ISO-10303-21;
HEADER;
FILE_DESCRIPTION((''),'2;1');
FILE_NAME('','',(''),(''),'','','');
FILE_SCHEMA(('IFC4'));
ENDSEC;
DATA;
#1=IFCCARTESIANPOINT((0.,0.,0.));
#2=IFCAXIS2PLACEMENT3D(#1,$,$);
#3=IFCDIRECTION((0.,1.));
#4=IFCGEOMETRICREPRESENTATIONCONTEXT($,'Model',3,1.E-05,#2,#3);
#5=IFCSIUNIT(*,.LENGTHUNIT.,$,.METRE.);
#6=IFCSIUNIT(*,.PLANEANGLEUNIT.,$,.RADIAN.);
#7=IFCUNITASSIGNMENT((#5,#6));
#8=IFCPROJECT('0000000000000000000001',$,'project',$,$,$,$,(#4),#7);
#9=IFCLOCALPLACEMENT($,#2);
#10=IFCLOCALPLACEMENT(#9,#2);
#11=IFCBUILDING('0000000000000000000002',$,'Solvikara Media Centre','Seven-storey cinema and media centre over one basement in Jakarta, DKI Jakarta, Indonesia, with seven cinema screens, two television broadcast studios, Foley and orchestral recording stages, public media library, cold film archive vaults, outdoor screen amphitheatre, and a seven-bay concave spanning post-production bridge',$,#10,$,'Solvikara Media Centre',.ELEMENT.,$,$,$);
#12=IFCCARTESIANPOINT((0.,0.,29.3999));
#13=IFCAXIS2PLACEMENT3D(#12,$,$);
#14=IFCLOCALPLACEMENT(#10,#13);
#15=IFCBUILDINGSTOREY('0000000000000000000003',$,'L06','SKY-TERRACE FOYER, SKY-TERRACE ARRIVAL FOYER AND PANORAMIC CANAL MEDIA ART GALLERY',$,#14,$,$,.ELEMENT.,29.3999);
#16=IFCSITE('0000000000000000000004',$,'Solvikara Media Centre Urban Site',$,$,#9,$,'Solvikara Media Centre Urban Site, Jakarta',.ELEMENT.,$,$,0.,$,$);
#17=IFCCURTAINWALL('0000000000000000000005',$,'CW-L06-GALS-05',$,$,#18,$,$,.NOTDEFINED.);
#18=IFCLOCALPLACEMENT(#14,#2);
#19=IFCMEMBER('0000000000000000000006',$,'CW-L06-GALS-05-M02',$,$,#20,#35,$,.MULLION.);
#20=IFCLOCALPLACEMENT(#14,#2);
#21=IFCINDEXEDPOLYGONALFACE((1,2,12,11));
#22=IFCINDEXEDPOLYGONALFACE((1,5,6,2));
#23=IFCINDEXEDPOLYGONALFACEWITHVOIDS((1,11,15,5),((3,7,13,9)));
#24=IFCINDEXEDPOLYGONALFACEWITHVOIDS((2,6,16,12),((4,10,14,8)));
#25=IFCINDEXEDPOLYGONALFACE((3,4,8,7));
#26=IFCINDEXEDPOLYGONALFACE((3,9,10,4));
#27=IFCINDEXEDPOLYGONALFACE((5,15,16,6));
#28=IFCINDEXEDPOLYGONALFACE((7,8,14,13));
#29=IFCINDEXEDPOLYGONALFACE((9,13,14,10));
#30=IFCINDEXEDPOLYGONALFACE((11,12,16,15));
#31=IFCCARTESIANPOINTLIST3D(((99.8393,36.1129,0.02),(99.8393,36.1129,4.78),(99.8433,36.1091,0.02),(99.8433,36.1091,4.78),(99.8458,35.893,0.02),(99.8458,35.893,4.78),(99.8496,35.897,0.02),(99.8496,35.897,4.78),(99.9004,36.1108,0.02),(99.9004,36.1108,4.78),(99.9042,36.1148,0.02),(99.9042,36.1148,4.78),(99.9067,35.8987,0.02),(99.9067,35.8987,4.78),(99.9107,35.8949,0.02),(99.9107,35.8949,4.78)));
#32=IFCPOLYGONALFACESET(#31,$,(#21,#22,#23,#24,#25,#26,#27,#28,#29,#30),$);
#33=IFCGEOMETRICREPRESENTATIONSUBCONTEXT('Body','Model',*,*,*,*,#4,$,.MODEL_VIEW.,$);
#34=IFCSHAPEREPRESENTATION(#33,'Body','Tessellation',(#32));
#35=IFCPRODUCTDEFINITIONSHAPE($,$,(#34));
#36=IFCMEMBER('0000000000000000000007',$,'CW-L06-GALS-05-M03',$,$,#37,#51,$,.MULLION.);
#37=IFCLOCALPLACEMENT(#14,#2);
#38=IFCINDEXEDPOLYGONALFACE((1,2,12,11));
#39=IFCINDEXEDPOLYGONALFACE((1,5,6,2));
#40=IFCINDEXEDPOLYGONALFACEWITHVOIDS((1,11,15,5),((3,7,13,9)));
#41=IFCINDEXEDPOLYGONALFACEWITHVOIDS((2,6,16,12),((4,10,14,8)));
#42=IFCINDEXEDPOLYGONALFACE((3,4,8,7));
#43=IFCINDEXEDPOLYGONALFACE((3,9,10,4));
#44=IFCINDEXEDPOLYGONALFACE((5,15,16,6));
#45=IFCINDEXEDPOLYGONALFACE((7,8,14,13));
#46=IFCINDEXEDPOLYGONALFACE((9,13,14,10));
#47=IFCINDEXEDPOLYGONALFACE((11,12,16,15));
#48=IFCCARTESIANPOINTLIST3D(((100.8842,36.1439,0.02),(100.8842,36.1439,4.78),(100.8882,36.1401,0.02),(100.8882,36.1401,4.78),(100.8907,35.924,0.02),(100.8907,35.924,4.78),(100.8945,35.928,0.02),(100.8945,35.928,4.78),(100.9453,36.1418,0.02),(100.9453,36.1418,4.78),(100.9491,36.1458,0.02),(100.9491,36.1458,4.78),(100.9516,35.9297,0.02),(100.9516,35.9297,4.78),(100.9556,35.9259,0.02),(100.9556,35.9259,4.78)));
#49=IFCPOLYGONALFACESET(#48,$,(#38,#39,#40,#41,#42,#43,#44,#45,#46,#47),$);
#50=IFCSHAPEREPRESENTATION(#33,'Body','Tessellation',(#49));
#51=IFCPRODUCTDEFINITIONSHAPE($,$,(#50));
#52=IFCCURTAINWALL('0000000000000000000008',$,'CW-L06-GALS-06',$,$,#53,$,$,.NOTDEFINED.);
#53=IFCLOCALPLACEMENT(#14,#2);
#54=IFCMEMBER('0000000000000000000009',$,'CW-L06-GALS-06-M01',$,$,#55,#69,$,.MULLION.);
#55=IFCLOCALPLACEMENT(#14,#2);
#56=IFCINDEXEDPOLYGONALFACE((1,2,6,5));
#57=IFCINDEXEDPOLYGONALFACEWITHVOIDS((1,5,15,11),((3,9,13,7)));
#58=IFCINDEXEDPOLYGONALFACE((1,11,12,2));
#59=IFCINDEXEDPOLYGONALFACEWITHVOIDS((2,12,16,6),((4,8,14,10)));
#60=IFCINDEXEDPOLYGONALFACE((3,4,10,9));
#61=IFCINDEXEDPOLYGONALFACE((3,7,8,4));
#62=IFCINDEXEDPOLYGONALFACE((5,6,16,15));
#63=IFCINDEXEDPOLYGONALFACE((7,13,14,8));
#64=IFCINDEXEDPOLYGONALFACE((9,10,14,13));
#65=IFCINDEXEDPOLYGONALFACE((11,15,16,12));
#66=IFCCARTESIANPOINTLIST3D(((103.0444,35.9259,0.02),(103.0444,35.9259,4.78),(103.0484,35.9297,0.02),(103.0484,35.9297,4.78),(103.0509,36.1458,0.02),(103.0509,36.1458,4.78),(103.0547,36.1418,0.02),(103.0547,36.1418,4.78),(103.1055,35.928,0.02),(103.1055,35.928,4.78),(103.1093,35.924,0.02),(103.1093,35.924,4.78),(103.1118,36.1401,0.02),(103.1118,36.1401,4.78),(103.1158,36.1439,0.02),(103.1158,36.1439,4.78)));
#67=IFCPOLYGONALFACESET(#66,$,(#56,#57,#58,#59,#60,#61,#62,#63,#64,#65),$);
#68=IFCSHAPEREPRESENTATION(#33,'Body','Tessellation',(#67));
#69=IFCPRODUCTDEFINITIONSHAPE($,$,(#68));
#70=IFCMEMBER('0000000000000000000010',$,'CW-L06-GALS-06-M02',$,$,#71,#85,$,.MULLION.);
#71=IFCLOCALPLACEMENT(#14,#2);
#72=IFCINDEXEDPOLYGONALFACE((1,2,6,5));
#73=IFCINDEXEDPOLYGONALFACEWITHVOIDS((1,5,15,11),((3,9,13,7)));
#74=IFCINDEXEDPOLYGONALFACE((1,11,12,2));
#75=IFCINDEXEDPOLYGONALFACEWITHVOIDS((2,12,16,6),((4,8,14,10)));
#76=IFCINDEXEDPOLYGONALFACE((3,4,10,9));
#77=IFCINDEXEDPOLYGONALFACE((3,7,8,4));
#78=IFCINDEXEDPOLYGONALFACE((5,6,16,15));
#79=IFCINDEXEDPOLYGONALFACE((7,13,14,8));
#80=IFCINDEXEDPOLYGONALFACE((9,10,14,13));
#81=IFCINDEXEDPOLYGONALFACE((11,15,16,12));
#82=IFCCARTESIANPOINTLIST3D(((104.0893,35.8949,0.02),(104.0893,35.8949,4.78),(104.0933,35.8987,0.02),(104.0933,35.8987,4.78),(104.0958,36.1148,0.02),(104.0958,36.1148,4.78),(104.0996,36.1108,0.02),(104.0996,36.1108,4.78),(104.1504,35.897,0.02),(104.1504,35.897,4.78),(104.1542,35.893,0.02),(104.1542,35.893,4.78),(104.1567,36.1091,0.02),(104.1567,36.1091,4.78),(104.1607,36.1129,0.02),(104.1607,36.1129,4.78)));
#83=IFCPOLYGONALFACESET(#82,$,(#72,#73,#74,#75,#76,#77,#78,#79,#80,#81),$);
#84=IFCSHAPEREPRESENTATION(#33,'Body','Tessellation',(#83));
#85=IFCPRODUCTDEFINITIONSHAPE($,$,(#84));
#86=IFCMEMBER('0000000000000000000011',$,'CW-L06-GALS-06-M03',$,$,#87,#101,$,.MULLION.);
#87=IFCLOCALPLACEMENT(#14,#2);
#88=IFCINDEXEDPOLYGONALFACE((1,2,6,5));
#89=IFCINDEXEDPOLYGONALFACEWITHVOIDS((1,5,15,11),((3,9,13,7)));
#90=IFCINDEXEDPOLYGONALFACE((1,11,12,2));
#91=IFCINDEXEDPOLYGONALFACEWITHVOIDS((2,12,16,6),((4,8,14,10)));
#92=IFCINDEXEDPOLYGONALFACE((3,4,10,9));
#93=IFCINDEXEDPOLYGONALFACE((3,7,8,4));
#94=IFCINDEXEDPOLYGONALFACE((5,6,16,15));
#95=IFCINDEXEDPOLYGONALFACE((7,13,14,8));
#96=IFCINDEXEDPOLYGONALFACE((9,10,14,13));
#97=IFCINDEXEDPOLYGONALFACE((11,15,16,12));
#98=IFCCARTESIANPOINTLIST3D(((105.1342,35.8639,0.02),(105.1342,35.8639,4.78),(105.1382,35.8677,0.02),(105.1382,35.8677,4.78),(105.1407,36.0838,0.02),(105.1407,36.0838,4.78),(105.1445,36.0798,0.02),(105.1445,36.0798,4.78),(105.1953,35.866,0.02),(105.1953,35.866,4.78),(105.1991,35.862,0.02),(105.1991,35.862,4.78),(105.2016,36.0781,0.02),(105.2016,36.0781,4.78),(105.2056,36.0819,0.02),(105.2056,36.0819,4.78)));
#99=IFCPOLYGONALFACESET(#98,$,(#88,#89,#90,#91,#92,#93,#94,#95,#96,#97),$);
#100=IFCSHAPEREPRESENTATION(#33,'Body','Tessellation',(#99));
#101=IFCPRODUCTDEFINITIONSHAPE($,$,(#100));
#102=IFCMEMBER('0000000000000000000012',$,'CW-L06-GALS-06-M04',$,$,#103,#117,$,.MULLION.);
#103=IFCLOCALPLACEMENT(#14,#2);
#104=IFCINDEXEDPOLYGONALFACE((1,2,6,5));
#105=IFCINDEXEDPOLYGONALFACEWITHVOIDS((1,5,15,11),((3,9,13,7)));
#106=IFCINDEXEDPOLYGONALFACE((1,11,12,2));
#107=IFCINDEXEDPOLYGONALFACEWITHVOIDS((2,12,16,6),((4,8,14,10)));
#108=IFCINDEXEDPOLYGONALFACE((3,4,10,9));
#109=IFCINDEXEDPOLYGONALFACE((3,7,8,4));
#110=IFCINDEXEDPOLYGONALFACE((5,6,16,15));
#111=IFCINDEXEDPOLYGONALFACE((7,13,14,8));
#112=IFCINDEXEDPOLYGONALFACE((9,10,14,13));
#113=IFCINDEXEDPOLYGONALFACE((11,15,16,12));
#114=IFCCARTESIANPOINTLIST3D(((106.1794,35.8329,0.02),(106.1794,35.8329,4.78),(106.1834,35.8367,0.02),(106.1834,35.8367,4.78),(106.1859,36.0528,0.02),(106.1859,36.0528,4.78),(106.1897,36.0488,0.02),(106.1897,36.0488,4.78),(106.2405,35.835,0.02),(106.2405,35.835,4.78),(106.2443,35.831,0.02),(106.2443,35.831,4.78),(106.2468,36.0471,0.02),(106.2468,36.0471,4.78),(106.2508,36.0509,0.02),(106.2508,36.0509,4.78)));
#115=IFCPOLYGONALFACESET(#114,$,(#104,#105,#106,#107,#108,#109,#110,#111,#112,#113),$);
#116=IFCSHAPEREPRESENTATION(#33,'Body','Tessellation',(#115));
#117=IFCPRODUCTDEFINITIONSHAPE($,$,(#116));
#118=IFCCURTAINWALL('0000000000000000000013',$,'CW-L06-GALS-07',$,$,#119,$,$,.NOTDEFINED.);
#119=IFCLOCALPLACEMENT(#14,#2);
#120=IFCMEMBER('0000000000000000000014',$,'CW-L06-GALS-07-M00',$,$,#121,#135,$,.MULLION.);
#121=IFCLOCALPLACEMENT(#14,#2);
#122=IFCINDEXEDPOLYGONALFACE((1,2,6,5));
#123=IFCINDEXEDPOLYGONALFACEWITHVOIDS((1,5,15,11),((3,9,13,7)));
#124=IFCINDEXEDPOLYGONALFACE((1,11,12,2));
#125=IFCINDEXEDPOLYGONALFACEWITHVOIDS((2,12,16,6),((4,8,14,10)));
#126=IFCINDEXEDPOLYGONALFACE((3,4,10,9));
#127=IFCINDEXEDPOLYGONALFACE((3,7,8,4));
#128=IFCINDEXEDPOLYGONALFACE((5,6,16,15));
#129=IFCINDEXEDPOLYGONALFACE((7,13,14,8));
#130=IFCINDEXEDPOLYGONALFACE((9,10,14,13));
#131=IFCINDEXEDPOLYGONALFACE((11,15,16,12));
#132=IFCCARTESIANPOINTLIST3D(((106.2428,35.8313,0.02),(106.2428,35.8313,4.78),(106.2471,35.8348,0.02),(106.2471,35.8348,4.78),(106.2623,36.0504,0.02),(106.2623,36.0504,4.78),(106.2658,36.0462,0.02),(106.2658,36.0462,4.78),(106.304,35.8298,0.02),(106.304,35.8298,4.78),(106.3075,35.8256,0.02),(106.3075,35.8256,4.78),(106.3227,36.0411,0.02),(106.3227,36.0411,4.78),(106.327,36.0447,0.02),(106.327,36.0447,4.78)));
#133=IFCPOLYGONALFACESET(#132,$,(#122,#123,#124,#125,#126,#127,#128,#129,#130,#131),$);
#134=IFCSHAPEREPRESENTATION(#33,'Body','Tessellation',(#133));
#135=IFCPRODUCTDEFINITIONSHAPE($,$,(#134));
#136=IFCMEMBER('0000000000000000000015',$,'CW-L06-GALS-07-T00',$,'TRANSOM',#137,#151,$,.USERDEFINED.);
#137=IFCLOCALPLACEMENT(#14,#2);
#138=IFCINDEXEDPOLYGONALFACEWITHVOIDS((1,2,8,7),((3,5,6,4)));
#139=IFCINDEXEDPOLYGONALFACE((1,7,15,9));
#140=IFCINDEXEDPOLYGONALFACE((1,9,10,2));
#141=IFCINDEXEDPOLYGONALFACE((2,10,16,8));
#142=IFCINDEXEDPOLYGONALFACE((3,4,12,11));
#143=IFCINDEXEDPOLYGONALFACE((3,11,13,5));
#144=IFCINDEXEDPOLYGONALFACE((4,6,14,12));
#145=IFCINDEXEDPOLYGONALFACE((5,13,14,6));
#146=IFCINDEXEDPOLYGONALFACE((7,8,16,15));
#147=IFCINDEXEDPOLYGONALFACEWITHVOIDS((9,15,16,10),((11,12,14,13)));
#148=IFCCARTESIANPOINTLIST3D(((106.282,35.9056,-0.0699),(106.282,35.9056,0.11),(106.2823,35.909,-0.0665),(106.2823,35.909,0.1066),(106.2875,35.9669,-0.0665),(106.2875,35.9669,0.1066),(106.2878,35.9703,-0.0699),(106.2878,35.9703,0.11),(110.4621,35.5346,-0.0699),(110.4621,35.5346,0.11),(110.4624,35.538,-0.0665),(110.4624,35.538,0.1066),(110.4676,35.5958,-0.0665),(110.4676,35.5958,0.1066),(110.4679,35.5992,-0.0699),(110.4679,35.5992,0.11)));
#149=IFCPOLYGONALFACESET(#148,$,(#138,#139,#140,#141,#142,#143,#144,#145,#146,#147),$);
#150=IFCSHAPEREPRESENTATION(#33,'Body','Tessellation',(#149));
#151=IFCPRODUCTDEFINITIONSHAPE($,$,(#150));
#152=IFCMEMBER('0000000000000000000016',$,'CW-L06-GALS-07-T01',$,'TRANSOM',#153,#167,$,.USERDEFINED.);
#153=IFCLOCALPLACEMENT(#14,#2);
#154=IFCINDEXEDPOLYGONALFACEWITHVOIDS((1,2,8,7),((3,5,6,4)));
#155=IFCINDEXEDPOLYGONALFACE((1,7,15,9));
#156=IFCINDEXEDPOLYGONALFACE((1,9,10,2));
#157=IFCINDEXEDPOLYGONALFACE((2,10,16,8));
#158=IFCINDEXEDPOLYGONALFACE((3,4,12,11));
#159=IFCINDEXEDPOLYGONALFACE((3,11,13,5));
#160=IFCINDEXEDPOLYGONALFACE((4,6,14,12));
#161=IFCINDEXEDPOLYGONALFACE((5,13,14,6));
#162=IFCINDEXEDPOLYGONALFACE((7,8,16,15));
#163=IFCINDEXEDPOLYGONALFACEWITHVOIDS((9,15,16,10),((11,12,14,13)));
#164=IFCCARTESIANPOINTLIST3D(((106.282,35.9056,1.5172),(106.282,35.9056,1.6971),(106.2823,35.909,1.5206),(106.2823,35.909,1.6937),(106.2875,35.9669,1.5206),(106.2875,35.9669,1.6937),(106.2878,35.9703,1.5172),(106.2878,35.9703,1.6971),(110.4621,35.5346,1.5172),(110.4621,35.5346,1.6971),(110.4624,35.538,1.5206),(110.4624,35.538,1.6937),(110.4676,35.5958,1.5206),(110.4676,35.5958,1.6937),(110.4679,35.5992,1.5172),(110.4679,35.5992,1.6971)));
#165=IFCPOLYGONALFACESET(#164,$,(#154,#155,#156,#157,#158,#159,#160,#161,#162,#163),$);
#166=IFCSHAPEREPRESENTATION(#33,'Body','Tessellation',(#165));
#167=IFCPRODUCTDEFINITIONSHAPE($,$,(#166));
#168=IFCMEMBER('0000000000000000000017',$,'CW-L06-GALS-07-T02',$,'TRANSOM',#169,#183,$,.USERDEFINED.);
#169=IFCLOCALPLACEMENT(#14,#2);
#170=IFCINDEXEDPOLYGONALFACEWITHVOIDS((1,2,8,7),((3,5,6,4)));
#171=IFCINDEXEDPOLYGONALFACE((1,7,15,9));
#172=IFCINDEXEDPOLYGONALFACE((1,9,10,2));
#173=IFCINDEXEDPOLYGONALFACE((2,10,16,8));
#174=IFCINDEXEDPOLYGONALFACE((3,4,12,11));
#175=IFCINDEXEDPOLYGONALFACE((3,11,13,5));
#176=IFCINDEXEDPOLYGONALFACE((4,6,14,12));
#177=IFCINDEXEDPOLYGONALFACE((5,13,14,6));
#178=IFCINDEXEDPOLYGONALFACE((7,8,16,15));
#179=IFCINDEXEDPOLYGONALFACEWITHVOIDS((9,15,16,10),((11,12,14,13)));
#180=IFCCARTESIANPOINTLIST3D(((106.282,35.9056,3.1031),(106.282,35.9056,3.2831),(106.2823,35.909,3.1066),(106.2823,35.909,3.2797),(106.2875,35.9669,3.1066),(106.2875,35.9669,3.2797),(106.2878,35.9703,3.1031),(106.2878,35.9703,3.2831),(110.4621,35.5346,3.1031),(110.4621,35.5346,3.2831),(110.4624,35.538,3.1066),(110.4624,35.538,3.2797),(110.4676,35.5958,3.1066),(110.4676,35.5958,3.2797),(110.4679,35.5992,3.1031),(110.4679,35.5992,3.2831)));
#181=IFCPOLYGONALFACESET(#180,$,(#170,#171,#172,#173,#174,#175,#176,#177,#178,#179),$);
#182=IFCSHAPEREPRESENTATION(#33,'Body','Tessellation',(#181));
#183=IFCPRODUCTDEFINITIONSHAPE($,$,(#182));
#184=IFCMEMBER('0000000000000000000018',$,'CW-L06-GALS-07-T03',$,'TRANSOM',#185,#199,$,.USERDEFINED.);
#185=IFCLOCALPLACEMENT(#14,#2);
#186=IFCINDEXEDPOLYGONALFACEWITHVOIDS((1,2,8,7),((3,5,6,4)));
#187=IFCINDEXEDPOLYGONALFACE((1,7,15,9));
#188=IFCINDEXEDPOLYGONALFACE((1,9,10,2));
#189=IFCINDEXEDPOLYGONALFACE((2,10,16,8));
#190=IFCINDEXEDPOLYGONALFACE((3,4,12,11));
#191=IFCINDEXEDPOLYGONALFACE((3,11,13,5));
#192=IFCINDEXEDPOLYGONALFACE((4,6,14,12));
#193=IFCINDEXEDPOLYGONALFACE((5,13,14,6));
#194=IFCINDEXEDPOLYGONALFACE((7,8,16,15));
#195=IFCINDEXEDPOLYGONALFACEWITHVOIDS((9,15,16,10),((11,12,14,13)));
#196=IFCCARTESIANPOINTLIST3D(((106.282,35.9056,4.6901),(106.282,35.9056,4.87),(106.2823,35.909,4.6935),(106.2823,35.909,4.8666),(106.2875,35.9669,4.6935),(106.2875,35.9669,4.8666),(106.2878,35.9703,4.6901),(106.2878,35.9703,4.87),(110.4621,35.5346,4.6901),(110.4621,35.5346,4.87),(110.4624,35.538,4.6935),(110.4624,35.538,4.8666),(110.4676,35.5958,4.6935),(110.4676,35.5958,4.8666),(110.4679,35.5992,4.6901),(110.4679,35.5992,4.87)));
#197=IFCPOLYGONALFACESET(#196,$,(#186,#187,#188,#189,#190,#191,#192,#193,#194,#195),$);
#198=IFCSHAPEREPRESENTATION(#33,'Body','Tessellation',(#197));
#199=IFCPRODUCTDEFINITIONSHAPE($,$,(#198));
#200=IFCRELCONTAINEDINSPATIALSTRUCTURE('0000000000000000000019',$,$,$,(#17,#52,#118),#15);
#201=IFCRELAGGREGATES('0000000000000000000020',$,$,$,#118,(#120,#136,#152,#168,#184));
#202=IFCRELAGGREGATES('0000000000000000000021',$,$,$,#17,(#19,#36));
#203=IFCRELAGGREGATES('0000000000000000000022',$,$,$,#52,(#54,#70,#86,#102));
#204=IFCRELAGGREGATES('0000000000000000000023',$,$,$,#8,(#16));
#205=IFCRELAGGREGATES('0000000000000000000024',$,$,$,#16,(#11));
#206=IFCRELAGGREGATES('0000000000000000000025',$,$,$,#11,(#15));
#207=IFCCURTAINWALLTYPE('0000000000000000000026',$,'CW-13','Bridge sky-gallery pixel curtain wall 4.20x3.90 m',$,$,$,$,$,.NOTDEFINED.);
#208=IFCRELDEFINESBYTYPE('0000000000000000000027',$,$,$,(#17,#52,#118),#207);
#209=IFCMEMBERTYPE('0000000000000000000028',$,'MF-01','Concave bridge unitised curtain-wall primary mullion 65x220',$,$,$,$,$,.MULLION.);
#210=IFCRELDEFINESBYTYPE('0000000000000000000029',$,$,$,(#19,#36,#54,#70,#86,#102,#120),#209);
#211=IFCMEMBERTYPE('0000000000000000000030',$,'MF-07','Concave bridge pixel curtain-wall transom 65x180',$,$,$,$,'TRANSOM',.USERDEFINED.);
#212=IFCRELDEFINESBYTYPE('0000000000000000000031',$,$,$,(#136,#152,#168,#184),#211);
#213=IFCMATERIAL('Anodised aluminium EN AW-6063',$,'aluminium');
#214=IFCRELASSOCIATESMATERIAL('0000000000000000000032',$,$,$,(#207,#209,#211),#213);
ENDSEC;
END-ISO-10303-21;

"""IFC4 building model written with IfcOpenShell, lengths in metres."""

from ifc_helpers import new_model, si_unit, direction, frame, origin, origin_2d, place, context, subcontext, project, spatial, hollow_rectangle, extrude, material, material_profile, profile_set, type_object, element, aggregate, save


model = new_model("IFC4")

# Units and contexts
model_context = context("Model", 3, precision=1e-05, world=origin(), true_north=direction((0.0, 1.0)))
body_context = subcontext(model_context, "Body", "Model", "MODEL_VIEW")
ifc_project = project(units=[si_unit("LENGTHUNIT", "METRE"), si_unit("PLANEANGLEUNIT", "RADIAN")], contexts=[model_context])

# Site, building, storey
site_placement = place(None, origin())
site = spatial("IfcSite", under=ifc_project, at=site_placement, Name="Solvikara Media Centre Urban Site", LongName="Solvikara Media Centre Urban Site, Jakarta", CompositionType="ELEMENT", RefElevation=0.0)
building_placement = place(site_placement, origin())
building = spatial("IfcBuilding", under=site, at=building_placement, Name="Solvikara Media Centre", Description="Seven-storey cinema and media centre over one basement in Jakarta, DKI Jakarta, Indonesia, with seven cinema screens, two television broadcast studios, Foley and orchestral recording stages, public media library, cold film archive vaults, outdoor screen amphitheatre, and a seven-bay concave spanning post-production bridge", LongName="Solvikara Media Centre", CompositionType="ELEMENT")
storey_placement = place(building_placement, frame((0.0, 0.0, 29.3999)))
storey = spatial("IfcBuildingStorey", under=building, at=storey_placement, Name="L06", Description="SKY-TERRACE FOYER, SKY-TERRACE ARRIVAL FOYER AND PANORAMIC CANAL MEDIA ART GALLERY", CompositionType="ELEMENT", Elevation=29.3999)

# Curtain walls, members
ifc_material_1 = material(Name="Anodised aluminium EN AW-6063", Category="aluminium")
curtain_wall_type = type_object("IfcCurtainWallType", Name="CW-13", Description="Bridge sky-gallery pixel curtain wall 4.20x3.90 m", PredefinedType="NOTDEFINED", material=ifc_material_1)
curtain_wall_1_placement = place(storey_placement, origin())
curtain_wall_1 = element("IfcCurtainWall", 1, at=curtain_wall_1_placement, inside=storey, type_object=curtain_wall_type, Name="CW-L06-GALS-05", PredefinedType="NOTDEFINED")
ifc_material_profile_1 = material_profile(ifc_material_1, hollow_rectangle(XDim=0.0649, YDim=0.22, WallThickness=0.0039, at=origin_2d()), Name="ALU-M 65x220x4")
ifc_profile_set_1 = profile_set([ifc_material_profile_1], Name="Anodised aluminium EN AW-6063")
member_type_1 = type_object("IfcMemberType", Name="MF-01", Description="Concave bridge unitised curtain-wall primary mullion 65x220", PredefinedType="MULLION", material=ifc_profile_set_1)
member_1_placement = place(storey_placement, frame((99.875, 36.0039, 0.02), z_axis=(0.0, 0.0, 1.0), x_axis=(0.99956, 0.029649, 0.0)))
member_1 = element("IfcMember", 2, at=member_1_placement, type_object=member_type_1, Name="CW-L06-GALS-05-M02", PredefinedType="MULLION", context=body_context, shape_type="SweptSolid", body=[
    extrude(hollow_rectangle(XDim=0.0649, YDim=0.22, WallThickness=0.0039, at=origin_2d()), origin(), (0.0, 0.0, 1.0), 4.76),
])
member_2_placement = place(storey_placement, frame((100.9199, 36.0349, 0.02), z_axis=(0.0, 0.0, 1.0), x_axis=(0.99956, 0.029649, 0.0)))
member_2 = element("IfcMember", 3, at=member_2_placement, type_object=member_type_1, Name="CW-L06-GALS-05-M03", PredefinedType="MULLION", context=body_context, shape_type="SweptSolid", body=[
    extrude(hollow_rectangle(XDim=0.0649, YDim=0.22, WallThickness=0.0039, at=origin_2d()), origin(), (0.0, 0.0, 1.0), 4.76),
])
curtain_wall_2_placement = place(storey_placement, origin())
curtain_wall_2 = element("IfcCurtainWall", 4, at=curtain_wall_2_placement, inside=storey, type_object=curtain_wall_type, Name="CW-L06-GALS-06", PredefinedType="NOTDEFINED")
member_3_placement = place(storey_placement, frame((103.0801, 36.0349, 0.02), z_axis=(0.0, 0.0, 1.0), x_axis=(0.99956, -0.029649, 0.0)))
member_3 = element("IfcMember", 5, at=member_3_placement, type_object=member_type_1, Name="CW-L06-GALS-06-M01", PredefinedType="MULLION", context=body_context, shape_type="SweptSolid", body=[
    extrude(hollow_rectangle(XDim=0.0649, YDim=0.22, WallThickness=0.0039, at=origin_2d()), origin(), (0.0, 0.0, 1.0), 4.76),
])
member_4_placement = place(storey_placement, frame((104.125, 36.0039, 0.02), z_axis=(0.0, 0.0, 1.0), x_axis=(0.99956, -0.029649, 0.0)))
member_4 = element("IfcMember", 6, at=member_4_placement, type_object=member_type_1, Name="CW-L06-GALS-06-M02", PredefinedType="MULLION", context=body_context, shape_type="SweptSolid", body=[
    extrude(hollow_rectangle(XDim=0.0649, YDim=0.22, WallThickness=0.0039, at=origin_2d()), origin(), (0.0, 0.0, 1.0), 4.76),
])
member_5_placement = place(storey_placement, frame((105.1699, 35.9729, 0.02), z_axis=(0.0, 0.0, 1.0), x_axis=(0.99956, -0.029649, 0.0)))
member_5 = element("IfcMember", 7, at=member_5_placement, type_object=member_type_1, Name="CW-L06-GALS-06-M03", PredefinedType="MULLION", context=body_context, shape_type="SweptSolid", body=[
    extrude(hollow_rectangle(XDim=0.0649, YDim=0.22, WallThickness=0.0039, at=origin_2d()), origin(), (0.0, 0.0, 1.0), 4.76),
])
member_6_placement = place(storey_placement, frame((106.2151, 35.9419, 0.02), z_axis=(0.0, 0.0, 1.0), x_axis=(0.99956, -0.029649, 0.0)))
member_6 = element("IfcMember", 8, at=member_6_placement, type_object=member_type_1, Name="CW-L06-GALS-06-M04", PredefinedType="MULLION", context=body_context, shape_type="SweptSolid", body=[
    extrude(hollow_rectangle(XDim=0.0649, YDim=0.22, WallThickness=0.0039, at=origin_2d()), origin(), (0.0, 0.0, 1.0), 4.76),
])
curtain_wall_3_placement = place(storey_placement, origin())
curtain_wall_3 = element("IfcCurtainWall", 9, at=curtain_wall_3_placement, inside=storey, type_object=curtain_wall_type, Name="CW-L06-GALS-07", PredefinedType="NOTDEFINED")
member_7_placement = place(storey_placement, frame((106.2849, 35.938, 0.02), z_axis=(0.0, 0.0, 1.0), x_axis=(0.996084, -0.088408, 0.0)))
member_7 = element("IfcMember", 10, at=member_7_placement, type_object=member_type_1, Name="CW-L06-GALS-07-M00", PredefinedType="MULLION", context=body_context, shape_type="SweptSolid", body=[
    extrude(hollow_rectangle(XDim=0.0649, YDim=0.22, WallThickness=0.0039, at=origin_2d()), origin(), (0.0, 0.0, 1.0), 4.76),
])
ifc_material_profile_2 = material_profile(ifc_material_1, hollow_rectangle(XDim=0.0649, YDim=0.1799, WallThickness=0.0034, at=origin_2d()), Name="ALU-T 65x180x3.5")
ifc_profile_set_2 = profile_set([ifc_material_profile_2], Name="Anodised aluminium EN AW-6063")
member_type_2 = type_object("IfcMemberType", Name="MF-07", Description="Concave bridge pixel curtain-wall transom 65x180", ElementType="TRANSOM", PredefinedType="USERDEFINED", material=ifc_profile_set_2)
member_8_placement = place(storey_placement, frame((106.2849, 35.938, 0.02), z_axis=(0.996083, -0.088427, 0.0), x_axis=(0.088427, 0.996083, 0.0)))
member_8 = element("IfcMember", 11, at=member_8_placement, type_object=member_type_2, Name="CW-L06-GALS-07-T00", ObjectType="TRANSOM", PredefinedType="USERDEFINED", context=body_context, shape_type="SweptSolid", body=[
    extrude(hollow_rectangle(XDim=0.0649, YDim=0.1799, WallThickness=0.0034, at=origin_2d()), origin(), (0.0, 0.0, 1.0), 4.1965),
])
member_9_placement = place(storey_placement, frame((106.2849, 35.938, 1.6072), z_axis=(0.996083, -0.088427, 0.0), x_axis=(0.088427, 0.996083, 0.0)))
member_9 = element("IfcMember", 12, at=member_9_placement, type_object=member_type_2, Name="CW-L06-GALS-07-T01", ObjectType="TRANSOM", PredefinedType="USERDEFINED", context=body_context, shape_type="SweptSolid", body=[
    extrude(hollow_rectangle(XDim=0.0649, YDim=0.1799, WallThickness=0.0034, at=origin_2d()), origin(), (0.0, 0.0, 1.0), 4.1965),
])
member_10_placement = place(storey_placement, frame((106.2849, 35.938, 3.1931), z_axis=(0.996083, -0.088427, 0.0), x_axis=(0.088427, 0.996083, 0.0)))
member_10 = element("IfcMember", 13, at=member_10_placement, type_object=member_type_2, Name="CW-L06-GALS-07-T02", ObjectType="TRANSOM", PredefinedType="USERDEFINED", context=body_context, shape_type="SweptSolid", body=[
    extrude(hollow_rectangle(XDim=0.0649, YDim=0.1799, WallThickness=0.0034, at=origin_2d()), origin(), (0.0, 0.0, 1.0), 4.1965),
])
member_11_placement = place(storey_placement, frame((106.2849, 35.938, 4.78), z_axis=(0.996083, -0.088427, 0.0), x_axis=(0.088427, 0.996083, 0.0)))
member_11 = element("IfcMember", 14, at=member_11_placement, type_object=member_type_2, Name="CW-L06-GALS-07-T03", ObjectType="TRANSOM", PredefinedType="USERDEFINED", context=body_context, shape_type="SweptSolid", body=[
    extrude(hollow_rectangle(XDim=0.0649, YDim=0.1799, WallThickness=0.0034, at=origin_2d()), origin(), (0.0, 0.0, 1.0), 4.1965),
])
aggregate(curtain_wall_3, [member_7, member_8, member_9, member_10, member_11])

aggregate(curtain_wall_1, [member_1, member_2])
aggregate(curtain_wall_2, [member_3, member_4, member_5, member_6])

save(model, "model.ifc")
